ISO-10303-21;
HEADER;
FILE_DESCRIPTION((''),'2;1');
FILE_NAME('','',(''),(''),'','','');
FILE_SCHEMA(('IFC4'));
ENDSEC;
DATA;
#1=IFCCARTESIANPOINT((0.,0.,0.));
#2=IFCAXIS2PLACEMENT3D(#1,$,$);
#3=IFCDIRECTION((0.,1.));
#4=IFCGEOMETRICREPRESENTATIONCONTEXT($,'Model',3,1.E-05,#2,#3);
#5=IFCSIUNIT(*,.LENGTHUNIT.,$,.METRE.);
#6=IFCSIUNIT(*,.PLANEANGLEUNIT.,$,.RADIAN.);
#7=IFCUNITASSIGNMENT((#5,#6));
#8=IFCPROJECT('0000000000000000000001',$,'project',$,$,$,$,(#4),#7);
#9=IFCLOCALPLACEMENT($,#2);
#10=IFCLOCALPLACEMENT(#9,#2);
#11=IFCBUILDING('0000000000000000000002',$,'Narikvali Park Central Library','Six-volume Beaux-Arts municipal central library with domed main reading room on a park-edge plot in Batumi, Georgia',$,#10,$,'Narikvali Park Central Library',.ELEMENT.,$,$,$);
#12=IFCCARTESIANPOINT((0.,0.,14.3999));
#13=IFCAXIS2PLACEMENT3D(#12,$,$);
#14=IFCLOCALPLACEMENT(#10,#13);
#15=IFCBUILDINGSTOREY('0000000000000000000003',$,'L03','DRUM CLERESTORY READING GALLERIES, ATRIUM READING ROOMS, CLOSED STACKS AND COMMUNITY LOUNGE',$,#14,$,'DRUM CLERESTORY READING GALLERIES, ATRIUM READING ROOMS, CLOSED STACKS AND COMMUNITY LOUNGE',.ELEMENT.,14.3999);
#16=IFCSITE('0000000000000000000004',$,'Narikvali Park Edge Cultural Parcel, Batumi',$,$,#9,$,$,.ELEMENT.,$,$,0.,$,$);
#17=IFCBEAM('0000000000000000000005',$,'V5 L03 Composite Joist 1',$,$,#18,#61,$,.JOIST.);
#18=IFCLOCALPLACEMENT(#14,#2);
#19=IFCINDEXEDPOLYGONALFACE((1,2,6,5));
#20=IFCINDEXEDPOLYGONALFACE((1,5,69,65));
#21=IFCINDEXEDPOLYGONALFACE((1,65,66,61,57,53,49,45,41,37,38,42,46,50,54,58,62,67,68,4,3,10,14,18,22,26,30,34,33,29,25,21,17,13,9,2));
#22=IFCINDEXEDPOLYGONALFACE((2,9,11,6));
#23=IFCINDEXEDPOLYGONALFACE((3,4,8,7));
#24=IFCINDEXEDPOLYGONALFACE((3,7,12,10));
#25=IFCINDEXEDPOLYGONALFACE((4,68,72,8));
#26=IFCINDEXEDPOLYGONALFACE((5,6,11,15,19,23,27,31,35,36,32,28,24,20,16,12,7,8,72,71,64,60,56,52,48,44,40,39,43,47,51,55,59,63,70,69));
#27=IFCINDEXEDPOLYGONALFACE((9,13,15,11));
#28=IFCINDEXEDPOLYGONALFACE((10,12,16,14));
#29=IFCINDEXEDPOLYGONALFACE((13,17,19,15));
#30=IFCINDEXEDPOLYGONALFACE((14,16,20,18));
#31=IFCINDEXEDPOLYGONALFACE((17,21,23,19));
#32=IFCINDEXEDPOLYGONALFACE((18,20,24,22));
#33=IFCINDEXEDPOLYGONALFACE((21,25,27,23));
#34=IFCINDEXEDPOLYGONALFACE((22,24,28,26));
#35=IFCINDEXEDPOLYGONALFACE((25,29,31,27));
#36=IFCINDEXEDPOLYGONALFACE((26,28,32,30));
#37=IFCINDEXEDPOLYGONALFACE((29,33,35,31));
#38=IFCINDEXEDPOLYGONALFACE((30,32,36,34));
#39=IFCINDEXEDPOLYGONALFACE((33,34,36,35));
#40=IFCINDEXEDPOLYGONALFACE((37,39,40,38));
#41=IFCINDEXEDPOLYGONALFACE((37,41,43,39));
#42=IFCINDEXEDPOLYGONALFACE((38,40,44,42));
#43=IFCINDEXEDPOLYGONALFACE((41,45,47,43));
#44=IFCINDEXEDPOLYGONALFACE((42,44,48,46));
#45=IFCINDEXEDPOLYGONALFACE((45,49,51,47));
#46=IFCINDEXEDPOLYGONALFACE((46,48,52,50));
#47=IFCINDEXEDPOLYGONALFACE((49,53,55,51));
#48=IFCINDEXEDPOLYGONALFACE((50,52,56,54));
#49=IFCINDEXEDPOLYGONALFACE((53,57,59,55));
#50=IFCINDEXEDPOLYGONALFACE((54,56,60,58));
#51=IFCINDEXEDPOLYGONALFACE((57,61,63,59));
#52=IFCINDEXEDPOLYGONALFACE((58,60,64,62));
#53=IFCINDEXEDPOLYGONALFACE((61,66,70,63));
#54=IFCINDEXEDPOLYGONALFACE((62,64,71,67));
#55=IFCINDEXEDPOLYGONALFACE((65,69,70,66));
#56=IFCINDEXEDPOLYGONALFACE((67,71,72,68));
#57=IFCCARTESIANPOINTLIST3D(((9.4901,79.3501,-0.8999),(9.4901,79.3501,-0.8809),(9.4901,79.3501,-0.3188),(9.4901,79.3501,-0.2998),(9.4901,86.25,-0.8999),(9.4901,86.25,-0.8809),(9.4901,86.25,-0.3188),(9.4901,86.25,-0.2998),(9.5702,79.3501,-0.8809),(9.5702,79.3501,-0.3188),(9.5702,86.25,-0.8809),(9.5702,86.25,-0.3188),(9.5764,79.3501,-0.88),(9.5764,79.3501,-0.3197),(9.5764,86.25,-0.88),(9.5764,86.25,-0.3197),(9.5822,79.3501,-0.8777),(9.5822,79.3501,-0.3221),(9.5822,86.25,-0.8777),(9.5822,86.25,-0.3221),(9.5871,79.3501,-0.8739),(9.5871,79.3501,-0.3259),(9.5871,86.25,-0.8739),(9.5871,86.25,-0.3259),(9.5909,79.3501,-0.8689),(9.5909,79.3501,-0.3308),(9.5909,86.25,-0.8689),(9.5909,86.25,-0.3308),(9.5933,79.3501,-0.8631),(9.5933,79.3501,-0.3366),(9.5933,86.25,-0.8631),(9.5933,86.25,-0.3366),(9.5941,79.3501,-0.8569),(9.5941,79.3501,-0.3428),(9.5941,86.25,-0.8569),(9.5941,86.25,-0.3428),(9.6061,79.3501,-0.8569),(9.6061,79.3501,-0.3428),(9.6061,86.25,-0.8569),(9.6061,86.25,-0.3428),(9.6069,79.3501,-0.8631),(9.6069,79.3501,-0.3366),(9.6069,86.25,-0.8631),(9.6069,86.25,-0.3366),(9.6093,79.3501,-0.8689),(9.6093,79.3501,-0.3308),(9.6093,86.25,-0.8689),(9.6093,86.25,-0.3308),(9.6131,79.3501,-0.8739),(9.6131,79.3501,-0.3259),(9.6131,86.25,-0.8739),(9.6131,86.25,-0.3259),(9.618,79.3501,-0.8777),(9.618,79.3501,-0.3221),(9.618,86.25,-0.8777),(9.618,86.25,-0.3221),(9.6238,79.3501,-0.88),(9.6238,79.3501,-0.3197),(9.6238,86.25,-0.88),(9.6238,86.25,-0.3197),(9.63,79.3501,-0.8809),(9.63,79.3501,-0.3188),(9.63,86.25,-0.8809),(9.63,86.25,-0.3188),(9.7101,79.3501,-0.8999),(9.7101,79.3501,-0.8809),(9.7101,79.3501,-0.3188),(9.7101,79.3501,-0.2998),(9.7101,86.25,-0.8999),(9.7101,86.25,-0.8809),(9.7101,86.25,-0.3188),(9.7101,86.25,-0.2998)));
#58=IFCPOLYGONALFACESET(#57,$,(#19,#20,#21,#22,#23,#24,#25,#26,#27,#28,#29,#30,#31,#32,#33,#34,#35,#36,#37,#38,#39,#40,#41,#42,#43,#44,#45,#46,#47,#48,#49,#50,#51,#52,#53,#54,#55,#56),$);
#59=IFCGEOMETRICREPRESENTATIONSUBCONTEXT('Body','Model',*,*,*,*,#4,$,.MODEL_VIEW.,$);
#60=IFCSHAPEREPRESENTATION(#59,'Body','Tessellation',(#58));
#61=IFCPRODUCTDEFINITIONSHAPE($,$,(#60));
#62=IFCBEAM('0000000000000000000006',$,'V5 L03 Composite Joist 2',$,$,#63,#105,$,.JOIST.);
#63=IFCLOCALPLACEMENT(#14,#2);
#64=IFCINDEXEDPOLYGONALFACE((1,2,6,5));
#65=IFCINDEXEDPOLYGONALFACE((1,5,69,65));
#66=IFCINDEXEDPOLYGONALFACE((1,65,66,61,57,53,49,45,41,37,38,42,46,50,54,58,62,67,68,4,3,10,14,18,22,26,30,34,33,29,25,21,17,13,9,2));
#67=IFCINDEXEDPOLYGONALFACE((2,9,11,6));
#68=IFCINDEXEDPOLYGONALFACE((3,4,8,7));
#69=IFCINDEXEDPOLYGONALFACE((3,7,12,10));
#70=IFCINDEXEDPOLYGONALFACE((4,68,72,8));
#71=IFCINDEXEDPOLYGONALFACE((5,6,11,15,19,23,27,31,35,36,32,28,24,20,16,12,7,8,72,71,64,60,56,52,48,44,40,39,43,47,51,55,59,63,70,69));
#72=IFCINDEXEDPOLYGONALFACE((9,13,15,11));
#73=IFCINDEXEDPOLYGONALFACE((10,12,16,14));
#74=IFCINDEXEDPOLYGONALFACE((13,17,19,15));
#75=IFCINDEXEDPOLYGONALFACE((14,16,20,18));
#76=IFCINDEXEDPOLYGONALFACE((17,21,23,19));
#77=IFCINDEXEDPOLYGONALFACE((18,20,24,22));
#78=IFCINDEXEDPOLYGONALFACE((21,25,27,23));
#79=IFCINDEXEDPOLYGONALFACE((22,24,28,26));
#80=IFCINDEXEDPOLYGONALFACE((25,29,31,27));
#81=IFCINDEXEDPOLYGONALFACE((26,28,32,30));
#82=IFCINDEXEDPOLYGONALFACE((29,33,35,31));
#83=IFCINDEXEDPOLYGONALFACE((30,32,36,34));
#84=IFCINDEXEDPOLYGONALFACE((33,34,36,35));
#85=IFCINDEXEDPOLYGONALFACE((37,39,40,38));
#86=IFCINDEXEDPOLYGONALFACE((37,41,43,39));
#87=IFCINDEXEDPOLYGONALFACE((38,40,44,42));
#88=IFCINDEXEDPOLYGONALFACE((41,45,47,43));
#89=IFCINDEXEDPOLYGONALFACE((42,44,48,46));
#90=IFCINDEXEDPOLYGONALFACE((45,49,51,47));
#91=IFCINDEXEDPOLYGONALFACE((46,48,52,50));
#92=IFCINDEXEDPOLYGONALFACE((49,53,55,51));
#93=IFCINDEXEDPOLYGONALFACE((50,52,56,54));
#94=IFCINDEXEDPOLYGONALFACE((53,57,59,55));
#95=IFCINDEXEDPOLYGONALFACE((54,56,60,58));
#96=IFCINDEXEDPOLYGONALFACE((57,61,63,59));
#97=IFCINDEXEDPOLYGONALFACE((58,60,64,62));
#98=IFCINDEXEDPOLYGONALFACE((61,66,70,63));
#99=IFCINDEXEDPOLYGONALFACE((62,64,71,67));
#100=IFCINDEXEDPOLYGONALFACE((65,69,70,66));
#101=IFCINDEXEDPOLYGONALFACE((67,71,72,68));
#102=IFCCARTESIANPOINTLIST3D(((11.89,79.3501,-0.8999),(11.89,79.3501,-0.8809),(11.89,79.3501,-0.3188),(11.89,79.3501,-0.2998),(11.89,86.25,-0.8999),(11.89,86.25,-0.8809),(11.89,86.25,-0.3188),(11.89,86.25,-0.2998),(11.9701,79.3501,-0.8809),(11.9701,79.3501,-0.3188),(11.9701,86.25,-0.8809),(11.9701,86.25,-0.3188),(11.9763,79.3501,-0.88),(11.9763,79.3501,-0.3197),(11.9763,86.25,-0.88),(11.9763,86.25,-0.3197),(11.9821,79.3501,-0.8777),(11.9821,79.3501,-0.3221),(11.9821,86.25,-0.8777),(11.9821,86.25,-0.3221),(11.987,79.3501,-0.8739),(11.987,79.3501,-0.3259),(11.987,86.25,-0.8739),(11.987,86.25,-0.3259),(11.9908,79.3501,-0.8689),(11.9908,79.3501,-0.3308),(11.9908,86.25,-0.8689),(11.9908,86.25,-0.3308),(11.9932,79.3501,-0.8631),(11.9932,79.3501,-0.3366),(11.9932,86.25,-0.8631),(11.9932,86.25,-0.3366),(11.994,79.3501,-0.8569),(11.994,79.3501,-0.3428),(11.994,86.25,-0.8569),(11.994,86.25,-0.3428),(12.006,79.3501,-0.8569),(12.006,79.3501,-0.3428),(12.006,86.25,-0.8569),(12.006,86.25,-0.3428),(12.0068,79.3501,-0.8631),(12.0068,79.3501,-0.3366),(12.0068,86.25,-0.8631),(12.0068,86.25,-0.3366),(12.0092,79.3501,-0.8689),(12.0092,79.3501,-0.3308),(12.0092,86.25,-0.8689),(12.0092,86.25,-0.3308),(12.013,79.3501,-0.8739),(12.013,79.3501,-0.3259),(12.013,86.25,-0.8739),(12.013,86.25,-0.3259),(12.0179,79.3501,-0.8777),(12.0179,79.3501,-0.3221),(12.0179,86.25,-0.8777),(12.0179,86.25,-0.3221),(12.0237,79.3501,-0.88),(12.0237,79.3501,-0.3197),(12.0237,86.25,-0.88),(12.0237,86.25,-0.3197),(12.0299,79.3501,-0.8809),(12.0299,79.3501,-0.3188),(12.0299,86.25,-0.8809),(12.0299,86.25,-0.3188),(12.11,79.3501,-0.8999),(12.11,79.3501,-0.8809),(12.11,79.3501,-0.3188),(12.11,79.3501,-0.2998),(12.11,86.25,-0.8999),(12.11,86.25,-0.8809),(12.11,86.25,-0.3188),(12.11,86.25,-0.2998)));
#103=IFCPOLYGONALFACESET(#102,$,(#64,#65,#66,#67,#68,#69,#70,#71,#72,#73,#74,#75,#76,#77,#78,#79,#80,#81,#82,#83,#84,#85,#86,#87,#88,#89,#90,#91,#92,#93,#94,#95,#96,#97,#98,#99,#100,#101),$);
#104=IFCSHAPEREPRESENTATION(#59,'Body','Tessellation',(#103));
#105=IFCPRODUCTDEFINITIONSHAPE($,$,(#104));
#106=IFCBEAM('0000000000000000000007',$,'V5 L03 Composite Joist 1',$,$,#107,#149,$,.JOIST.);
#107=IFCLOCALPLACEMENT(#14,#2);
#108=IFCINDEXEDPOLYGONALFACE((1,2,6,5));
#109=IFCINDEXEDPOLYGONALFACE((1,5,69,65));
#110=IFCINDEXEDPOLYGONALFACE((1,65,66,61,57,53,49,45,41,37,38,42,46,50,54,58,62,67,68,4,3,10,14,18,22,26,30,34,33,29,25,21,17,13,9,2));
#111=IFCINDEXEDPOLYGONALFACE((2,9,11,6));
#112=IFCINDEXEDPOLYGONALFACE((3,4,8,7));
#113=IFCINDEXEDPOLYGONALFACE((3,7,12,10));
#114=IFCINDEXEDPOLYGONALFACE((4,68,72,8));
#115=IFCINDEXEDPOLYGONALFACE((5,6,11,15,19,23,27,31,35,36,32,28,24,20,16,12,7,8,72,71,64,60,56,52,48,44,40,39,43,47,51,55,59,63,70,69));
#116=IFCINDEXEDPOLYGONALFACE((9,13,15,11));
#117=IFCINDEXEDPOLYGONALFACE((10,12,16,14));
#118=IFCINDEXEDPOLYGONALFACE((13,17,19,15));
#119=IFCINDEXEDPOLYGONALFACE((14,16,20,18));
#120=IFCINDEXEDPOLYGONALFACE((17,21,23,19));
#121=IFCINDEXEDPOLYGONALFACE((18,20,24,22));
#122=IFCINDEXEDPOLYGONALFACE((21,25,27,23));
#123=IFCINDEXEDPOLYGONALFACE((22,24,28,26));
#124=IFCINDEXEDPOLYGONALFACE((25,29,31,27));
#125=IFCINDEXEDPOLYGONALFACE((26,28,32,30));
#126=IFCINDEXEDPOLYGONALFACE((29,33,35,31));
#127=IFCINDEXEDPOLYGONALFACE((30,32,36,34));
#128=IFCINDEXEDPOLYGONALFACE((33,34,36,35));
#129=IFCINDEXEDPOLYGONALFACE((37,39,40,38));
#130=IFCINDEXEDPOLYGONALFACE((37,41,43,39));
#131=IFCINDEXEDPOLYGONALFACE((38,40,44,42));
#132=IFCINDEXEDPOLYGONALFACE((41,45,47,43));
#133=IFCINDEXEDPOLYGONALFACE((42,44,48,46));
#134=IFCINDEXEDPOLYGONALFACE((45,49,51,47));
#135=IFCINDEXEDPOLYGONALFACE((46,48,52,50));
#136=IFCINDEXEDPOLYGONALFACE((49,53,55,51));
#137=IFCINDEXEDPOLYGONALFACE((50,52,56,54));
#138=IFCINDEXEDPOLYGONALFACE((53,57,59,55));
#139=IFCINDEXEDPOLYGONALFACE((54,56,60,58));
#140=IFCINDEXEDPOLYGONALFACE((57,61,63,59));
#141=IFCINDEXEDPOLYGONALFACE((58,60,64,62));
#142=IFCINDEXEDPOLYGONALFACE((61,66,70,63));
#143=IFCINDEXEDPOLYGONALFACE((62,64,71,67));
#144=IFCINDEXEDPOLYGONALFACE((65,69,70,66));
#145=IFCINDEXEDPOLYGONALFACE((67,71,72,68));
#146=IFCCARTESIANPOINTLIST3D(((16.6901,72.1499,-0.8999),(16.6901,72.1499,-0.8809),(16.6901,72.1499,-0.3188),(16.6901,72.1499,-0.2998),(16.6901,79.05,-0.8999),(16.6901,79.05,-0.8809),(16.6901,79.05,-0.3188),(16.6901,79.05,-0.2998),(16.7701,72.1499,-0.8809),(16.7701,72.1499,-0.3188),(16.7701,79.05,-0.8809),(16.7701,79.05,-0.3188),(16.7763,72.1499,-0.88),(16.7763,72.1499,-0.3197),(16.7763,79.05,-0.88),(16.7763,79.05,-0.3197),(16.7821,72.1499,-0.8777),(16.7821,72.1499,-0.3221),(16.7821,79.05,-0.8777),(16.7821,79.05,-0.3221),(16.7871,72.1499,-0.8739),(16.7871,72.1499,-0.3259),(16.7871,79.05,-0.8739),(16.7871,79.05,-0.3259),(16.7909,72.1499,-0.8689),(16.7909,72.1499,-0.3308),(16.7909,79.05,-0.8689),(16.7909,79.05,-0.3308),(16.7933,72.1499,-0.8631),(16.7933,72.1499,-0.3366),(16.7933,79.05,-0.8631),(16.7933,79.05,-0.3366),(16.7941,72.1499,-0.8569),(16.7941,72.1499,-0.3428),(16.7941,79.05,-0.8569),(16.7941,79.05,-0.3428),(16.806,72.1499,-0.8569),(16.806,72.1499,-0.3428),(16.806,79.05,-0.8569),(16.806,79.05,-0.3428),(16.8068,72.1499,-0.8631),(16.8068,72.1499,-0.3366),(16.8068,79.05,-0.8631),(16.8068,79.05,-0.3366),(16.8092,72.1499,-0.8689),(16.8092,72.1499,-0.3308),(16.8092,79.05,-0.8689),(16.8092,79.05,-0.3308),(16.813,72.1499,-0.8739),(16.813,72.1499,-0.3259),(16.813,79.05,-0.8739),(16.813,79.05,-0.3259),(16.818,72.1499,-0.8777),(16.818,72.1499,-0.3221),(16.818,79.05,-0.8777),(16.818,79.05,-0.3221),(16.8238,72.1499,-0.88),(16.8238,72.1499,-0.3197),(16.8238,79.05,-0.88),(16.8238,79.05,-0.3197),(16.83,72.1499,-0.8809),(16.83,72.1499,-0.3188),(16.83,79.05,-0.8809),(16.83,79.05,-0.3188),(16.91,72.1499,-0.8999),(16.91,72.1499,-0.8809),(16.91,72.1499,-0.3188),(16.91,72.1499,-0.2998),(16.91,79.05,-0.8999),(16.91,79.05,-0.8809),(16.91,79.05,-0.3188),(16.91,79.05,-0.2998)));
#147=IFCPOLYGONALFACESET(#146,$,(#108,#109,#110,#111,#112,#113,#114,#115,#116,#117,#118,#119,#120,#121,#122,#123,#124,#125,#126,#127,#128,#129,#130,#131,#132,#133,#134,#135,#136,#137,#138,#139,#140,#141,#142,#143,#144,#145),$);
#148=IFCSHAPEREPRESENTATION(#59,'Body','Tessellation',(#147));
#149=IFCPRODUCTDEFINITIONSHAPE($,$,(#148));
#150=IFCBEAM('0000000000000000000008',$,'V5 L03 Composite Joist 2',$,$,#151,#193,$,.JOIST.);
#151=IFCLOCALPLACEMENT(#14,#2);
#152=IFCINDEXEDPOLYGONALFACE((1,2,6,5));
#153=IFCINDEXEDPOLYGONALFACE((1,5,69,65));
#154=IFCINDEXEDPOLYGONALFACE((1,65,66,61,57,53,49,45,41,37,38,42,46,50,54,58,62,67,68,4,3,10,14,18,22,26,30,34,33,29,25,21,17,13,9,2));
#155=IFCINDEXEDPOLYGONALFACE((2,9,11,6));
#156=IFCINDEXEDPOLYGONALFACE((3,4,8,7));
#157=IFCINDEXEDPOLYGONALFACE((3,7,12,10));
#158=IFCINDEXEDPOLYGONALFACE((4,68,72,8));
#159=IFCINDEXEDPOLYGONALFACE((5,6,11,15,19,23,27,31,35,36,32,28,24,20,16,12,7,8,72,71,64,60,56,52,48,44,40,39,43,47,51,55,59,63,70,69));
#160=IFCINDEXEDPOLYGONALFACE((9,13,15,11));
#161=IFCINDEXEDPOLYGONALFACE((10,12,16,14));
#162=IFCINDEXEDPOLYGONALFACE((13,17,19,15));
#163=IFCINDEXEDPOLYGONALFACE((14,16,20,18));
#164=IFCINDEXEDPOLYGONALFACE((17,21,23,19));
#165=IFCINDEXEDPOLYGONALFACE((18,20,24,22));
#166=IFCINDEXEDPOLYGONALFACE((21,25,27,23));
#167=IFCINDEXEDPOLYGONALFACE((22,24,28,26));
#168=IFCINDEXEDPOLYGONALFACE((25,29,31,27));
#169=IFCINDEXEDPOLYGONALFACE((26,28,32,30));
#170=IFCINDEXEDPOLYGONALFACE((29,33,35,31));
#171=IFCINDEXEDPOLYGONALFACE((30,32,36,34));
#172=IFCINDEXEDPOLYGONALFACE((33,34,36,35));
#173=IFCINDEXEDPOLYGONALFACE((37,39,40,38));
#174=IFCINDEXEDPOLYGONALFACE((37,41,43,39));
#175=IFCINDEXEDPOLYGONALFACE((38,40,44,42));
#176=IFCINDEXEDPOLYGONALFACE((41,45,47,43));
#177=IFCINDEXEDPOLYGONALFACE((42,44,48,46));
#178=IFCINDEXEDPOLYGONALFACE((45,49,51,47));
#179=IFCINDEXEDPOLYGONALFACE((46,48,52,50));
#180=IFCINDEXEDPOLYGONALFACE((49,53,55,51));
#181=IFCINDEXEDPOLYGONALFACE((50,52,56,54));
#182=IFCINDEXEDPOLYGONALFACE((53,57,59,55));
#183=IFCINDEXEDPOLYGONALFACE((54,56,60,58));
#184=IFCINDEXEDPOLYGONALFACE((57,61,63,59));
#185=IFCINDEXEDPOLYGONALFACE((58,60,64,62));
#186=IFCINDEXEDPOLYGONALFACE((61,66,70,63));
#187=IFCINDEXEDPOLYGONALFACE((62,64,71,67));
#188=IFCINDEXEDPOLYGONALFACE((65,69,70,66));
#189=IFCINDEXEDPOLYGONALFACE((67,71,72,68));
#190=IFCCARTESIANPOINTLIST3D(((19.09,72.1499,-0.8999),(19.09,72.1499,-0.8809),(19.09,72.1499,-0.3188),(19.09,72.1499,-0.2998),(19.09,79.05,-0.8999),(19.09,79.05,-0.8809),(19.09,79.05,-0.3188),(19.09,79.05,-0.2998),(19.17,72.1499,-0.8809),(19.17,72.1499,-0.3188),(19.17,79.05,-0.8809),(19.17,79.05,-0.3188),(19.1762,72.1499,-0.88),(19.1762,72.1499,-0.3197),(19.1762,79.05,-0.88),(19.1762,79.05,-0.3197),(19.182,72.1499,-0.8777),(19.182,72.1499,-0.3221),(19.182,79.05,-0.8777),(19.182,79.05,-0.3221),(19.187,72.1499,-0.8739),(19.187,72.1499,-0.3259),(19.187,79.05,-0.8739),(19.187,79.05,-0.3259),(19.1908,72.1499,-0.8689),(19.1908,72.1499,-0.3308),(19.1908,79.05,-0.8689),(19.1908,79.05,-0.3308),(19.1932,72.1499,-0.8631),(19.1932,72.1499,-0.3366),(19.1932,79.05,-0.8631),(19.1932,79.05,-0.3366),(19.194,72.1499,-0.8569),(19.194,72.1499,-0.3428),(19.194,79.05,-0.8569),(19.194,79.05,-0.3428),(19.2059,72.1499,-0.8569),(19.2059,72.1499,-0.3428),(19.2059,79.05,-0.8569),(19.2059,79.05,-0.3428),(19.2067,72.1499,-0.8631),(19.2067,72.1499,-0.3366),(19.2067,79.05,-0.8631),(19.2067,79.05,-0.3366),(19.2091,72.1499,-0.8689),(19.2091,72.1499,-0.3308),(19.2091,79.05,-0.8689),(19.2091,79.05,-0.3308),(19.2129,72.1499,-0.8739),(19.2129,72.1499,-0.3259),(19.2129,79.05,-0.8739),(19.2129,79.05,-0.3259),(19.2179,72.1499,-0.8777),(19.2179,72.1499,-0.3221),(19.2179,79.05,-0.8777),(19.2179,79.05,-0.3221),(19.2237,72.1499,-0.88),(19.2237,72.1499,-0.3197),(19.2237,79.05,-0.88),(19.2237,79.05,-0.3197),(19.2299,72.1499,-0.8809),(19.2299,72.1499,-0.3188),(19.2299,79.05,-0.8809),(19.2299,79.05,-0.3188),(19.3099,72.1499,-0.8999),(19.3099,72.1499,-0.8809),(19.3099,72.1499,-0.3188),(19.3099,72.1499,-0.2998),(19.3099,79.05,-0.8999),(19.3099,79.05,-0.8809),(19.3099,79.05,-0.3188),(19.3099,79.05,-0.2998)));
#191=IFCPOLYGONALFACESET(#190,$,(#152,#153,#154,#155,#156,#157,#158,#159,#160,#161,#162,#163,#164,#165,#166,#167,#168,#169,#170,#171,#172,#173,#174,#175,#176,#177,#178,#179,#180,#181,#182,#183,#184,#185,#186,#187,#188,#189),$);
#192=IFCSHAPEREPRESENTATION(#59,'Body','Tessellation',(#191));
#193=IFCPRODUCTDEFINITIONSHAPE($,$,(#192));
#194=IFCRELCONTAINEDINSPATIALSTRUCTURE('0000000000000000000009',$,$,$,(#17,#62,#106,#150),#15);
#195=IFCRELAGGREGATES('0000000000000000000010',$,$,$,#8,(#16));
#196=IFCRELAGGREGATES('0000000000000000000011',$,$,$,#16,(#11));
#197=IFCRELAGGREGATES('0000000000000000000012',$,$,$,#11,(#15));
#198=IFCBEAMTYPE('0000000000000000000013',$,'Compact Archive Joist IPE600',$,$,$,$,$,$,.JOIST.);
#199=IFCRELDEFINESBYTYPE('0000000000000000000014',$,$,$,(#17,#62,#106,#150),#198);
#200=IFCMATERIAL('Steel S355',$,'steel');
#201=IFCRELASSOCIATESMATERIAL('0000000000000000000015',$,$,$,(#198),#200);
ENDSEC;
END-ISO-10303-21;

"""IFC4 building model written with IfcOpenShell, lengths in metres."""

from ifc_helpers import new_model, si_unit, direction, frame, origin, origin_2d, place, context, subcontext, project, spatial, i_section, extrude, material, material_profile, profile_set, type_object, element, save


model = new_model("IFC4")

# Units and contexts
model_context = context("Model", 3, precision=1e-05, world=origin(), true_north=direction((0.0, 1.0)))
body_context = subcontext(model_context, "Body", "Model", "MODEL_VIEW")
ifc_project = project(units=[si_unit("LENGTHUNIT", "METRE"), si_unit("PLANEANGLEUNIT", "RADIAN")], contexts=[model_context])

# Site, building, storey
site_placement = place(None, origin())
site = spatial("IfcSite", under=ifc_project, at=site_placement, Name="Narikvali Park Edge Cultural Parcel, Batumi", CompositionType="ELEMENT", RefElevation=0.0)
building_placement = place(site_placement, origin())
building = spatial("IfcBuilding", under=site, at=building_placement, Name="Narikvali Park Central Library", Description="Six-volume Beaux-Arts municipal central library with domed main reading room on a park-edge plot in Batumi, Georgia", LongName="Narikvali Park Central Library", CompositionType="ELEMENT")
storey_placement = place(building_placement, frame((0.0, 0.0, 14.3999)))
storey = spatial("IfcBuildingStorey", under=building, at=storey_placement, Name="L03", Description="DRUM CLERESTORY READING GALLERIES, ATRIUM READING ROOMS, CLOSED STACKS AND COMMUNITY LOUNGE", LongName="DRUM CLERESTORY READING GALLERIES, ATRIUM READING ROOMS, CLOSED STACKS AND COMMUNITY LOUNGE", CompositionType="ELEMENT", Elevation=14.3999)

# Shared definitions
ifc_material_1 = material(Name="Steel S355", Category="steel")

# Beams
ifc_material_profile_1 = material_profile(ifc_material_1, i_section(OverallWidth=0.22, OverallDepth=0.6001, WebThickness=0.012, FlangeThickness=0.019, FilletRadius=0.0239, at=origin_2d()), Name="IPE 600")
ifc_profile_set_1 = profile_set([ifc_material_profile_1], Name="Steel S355")
beam_type_1 = type_object("IfcBeamType", Name="Compact Archive Joist IPE600", PredefinedType="JOIST", material=ifc_profile_set_1)
for number, where, z_axis, x_axis, name in (
    (1, (9.6001, 79.3501, -0.5999), (0.0, 1.0, 0.0), (-1.0, 0.0, 0.0), "V5 L03 Composite Joist 1"),
    (2, (12.0, 79.3501, -0.5999), (0.0, 1.0, 0.0), (-1.0, 0.0, 0.0), "V5 L03 Composite Joist 2"),
):
    element("IfcBeam", number, at=place(storey_placement, frame(where, z_axis=z_axis, x_axis=x_axis)), inside=storey, type_object=beam_type_1, Name=name, PredefinedType="JOIST", context=body_context, shape_type="SweptSolid", body=[
        extrude(i_section(OverallWidth=0.22, OverallDepth=0.6001, WebThickness=0.012, FlangeThickness=0.019, FilletRadius=0.0239, at=origin_2d()), origin(), (0.0, 0.0, 1.0), 6.8999),
    ])
for number, where, z_axis, x_axis, name in (
    (3, (16.8, 72.1499, -0.5999), (0.0, 1.0, 0.0), (-1.0, 0.0, 0.0), "V5 L03 Composite Joist 1"),
    (4, (19.2, 72.1499, -0.5999), (0.0, 1.0, 0.0), (-1.0, 0.0, 0.0), "V5 L03 Composite Joist 2"),
):
    element("IfcBeam", number, at=place(storey_placement, frame(where, z_axis=z_axis, x_axis=x_axis)), inside=storey, type_object=beam_type_1, Name=name, PredefinedType="JOIST", context=body_context, shape_type="SweptSolid", body=[
        extrude(i_section(OverallWidth=0.22, OverallDepth=0.6001, WebThickness=0.012, FlangeThickness=0.019, FilletRadius=0.0239, at=origin_2d()), origin(), (0.0, 0.0, 1.0), 6.9001),
    ])

save(model, "model.ifc")
